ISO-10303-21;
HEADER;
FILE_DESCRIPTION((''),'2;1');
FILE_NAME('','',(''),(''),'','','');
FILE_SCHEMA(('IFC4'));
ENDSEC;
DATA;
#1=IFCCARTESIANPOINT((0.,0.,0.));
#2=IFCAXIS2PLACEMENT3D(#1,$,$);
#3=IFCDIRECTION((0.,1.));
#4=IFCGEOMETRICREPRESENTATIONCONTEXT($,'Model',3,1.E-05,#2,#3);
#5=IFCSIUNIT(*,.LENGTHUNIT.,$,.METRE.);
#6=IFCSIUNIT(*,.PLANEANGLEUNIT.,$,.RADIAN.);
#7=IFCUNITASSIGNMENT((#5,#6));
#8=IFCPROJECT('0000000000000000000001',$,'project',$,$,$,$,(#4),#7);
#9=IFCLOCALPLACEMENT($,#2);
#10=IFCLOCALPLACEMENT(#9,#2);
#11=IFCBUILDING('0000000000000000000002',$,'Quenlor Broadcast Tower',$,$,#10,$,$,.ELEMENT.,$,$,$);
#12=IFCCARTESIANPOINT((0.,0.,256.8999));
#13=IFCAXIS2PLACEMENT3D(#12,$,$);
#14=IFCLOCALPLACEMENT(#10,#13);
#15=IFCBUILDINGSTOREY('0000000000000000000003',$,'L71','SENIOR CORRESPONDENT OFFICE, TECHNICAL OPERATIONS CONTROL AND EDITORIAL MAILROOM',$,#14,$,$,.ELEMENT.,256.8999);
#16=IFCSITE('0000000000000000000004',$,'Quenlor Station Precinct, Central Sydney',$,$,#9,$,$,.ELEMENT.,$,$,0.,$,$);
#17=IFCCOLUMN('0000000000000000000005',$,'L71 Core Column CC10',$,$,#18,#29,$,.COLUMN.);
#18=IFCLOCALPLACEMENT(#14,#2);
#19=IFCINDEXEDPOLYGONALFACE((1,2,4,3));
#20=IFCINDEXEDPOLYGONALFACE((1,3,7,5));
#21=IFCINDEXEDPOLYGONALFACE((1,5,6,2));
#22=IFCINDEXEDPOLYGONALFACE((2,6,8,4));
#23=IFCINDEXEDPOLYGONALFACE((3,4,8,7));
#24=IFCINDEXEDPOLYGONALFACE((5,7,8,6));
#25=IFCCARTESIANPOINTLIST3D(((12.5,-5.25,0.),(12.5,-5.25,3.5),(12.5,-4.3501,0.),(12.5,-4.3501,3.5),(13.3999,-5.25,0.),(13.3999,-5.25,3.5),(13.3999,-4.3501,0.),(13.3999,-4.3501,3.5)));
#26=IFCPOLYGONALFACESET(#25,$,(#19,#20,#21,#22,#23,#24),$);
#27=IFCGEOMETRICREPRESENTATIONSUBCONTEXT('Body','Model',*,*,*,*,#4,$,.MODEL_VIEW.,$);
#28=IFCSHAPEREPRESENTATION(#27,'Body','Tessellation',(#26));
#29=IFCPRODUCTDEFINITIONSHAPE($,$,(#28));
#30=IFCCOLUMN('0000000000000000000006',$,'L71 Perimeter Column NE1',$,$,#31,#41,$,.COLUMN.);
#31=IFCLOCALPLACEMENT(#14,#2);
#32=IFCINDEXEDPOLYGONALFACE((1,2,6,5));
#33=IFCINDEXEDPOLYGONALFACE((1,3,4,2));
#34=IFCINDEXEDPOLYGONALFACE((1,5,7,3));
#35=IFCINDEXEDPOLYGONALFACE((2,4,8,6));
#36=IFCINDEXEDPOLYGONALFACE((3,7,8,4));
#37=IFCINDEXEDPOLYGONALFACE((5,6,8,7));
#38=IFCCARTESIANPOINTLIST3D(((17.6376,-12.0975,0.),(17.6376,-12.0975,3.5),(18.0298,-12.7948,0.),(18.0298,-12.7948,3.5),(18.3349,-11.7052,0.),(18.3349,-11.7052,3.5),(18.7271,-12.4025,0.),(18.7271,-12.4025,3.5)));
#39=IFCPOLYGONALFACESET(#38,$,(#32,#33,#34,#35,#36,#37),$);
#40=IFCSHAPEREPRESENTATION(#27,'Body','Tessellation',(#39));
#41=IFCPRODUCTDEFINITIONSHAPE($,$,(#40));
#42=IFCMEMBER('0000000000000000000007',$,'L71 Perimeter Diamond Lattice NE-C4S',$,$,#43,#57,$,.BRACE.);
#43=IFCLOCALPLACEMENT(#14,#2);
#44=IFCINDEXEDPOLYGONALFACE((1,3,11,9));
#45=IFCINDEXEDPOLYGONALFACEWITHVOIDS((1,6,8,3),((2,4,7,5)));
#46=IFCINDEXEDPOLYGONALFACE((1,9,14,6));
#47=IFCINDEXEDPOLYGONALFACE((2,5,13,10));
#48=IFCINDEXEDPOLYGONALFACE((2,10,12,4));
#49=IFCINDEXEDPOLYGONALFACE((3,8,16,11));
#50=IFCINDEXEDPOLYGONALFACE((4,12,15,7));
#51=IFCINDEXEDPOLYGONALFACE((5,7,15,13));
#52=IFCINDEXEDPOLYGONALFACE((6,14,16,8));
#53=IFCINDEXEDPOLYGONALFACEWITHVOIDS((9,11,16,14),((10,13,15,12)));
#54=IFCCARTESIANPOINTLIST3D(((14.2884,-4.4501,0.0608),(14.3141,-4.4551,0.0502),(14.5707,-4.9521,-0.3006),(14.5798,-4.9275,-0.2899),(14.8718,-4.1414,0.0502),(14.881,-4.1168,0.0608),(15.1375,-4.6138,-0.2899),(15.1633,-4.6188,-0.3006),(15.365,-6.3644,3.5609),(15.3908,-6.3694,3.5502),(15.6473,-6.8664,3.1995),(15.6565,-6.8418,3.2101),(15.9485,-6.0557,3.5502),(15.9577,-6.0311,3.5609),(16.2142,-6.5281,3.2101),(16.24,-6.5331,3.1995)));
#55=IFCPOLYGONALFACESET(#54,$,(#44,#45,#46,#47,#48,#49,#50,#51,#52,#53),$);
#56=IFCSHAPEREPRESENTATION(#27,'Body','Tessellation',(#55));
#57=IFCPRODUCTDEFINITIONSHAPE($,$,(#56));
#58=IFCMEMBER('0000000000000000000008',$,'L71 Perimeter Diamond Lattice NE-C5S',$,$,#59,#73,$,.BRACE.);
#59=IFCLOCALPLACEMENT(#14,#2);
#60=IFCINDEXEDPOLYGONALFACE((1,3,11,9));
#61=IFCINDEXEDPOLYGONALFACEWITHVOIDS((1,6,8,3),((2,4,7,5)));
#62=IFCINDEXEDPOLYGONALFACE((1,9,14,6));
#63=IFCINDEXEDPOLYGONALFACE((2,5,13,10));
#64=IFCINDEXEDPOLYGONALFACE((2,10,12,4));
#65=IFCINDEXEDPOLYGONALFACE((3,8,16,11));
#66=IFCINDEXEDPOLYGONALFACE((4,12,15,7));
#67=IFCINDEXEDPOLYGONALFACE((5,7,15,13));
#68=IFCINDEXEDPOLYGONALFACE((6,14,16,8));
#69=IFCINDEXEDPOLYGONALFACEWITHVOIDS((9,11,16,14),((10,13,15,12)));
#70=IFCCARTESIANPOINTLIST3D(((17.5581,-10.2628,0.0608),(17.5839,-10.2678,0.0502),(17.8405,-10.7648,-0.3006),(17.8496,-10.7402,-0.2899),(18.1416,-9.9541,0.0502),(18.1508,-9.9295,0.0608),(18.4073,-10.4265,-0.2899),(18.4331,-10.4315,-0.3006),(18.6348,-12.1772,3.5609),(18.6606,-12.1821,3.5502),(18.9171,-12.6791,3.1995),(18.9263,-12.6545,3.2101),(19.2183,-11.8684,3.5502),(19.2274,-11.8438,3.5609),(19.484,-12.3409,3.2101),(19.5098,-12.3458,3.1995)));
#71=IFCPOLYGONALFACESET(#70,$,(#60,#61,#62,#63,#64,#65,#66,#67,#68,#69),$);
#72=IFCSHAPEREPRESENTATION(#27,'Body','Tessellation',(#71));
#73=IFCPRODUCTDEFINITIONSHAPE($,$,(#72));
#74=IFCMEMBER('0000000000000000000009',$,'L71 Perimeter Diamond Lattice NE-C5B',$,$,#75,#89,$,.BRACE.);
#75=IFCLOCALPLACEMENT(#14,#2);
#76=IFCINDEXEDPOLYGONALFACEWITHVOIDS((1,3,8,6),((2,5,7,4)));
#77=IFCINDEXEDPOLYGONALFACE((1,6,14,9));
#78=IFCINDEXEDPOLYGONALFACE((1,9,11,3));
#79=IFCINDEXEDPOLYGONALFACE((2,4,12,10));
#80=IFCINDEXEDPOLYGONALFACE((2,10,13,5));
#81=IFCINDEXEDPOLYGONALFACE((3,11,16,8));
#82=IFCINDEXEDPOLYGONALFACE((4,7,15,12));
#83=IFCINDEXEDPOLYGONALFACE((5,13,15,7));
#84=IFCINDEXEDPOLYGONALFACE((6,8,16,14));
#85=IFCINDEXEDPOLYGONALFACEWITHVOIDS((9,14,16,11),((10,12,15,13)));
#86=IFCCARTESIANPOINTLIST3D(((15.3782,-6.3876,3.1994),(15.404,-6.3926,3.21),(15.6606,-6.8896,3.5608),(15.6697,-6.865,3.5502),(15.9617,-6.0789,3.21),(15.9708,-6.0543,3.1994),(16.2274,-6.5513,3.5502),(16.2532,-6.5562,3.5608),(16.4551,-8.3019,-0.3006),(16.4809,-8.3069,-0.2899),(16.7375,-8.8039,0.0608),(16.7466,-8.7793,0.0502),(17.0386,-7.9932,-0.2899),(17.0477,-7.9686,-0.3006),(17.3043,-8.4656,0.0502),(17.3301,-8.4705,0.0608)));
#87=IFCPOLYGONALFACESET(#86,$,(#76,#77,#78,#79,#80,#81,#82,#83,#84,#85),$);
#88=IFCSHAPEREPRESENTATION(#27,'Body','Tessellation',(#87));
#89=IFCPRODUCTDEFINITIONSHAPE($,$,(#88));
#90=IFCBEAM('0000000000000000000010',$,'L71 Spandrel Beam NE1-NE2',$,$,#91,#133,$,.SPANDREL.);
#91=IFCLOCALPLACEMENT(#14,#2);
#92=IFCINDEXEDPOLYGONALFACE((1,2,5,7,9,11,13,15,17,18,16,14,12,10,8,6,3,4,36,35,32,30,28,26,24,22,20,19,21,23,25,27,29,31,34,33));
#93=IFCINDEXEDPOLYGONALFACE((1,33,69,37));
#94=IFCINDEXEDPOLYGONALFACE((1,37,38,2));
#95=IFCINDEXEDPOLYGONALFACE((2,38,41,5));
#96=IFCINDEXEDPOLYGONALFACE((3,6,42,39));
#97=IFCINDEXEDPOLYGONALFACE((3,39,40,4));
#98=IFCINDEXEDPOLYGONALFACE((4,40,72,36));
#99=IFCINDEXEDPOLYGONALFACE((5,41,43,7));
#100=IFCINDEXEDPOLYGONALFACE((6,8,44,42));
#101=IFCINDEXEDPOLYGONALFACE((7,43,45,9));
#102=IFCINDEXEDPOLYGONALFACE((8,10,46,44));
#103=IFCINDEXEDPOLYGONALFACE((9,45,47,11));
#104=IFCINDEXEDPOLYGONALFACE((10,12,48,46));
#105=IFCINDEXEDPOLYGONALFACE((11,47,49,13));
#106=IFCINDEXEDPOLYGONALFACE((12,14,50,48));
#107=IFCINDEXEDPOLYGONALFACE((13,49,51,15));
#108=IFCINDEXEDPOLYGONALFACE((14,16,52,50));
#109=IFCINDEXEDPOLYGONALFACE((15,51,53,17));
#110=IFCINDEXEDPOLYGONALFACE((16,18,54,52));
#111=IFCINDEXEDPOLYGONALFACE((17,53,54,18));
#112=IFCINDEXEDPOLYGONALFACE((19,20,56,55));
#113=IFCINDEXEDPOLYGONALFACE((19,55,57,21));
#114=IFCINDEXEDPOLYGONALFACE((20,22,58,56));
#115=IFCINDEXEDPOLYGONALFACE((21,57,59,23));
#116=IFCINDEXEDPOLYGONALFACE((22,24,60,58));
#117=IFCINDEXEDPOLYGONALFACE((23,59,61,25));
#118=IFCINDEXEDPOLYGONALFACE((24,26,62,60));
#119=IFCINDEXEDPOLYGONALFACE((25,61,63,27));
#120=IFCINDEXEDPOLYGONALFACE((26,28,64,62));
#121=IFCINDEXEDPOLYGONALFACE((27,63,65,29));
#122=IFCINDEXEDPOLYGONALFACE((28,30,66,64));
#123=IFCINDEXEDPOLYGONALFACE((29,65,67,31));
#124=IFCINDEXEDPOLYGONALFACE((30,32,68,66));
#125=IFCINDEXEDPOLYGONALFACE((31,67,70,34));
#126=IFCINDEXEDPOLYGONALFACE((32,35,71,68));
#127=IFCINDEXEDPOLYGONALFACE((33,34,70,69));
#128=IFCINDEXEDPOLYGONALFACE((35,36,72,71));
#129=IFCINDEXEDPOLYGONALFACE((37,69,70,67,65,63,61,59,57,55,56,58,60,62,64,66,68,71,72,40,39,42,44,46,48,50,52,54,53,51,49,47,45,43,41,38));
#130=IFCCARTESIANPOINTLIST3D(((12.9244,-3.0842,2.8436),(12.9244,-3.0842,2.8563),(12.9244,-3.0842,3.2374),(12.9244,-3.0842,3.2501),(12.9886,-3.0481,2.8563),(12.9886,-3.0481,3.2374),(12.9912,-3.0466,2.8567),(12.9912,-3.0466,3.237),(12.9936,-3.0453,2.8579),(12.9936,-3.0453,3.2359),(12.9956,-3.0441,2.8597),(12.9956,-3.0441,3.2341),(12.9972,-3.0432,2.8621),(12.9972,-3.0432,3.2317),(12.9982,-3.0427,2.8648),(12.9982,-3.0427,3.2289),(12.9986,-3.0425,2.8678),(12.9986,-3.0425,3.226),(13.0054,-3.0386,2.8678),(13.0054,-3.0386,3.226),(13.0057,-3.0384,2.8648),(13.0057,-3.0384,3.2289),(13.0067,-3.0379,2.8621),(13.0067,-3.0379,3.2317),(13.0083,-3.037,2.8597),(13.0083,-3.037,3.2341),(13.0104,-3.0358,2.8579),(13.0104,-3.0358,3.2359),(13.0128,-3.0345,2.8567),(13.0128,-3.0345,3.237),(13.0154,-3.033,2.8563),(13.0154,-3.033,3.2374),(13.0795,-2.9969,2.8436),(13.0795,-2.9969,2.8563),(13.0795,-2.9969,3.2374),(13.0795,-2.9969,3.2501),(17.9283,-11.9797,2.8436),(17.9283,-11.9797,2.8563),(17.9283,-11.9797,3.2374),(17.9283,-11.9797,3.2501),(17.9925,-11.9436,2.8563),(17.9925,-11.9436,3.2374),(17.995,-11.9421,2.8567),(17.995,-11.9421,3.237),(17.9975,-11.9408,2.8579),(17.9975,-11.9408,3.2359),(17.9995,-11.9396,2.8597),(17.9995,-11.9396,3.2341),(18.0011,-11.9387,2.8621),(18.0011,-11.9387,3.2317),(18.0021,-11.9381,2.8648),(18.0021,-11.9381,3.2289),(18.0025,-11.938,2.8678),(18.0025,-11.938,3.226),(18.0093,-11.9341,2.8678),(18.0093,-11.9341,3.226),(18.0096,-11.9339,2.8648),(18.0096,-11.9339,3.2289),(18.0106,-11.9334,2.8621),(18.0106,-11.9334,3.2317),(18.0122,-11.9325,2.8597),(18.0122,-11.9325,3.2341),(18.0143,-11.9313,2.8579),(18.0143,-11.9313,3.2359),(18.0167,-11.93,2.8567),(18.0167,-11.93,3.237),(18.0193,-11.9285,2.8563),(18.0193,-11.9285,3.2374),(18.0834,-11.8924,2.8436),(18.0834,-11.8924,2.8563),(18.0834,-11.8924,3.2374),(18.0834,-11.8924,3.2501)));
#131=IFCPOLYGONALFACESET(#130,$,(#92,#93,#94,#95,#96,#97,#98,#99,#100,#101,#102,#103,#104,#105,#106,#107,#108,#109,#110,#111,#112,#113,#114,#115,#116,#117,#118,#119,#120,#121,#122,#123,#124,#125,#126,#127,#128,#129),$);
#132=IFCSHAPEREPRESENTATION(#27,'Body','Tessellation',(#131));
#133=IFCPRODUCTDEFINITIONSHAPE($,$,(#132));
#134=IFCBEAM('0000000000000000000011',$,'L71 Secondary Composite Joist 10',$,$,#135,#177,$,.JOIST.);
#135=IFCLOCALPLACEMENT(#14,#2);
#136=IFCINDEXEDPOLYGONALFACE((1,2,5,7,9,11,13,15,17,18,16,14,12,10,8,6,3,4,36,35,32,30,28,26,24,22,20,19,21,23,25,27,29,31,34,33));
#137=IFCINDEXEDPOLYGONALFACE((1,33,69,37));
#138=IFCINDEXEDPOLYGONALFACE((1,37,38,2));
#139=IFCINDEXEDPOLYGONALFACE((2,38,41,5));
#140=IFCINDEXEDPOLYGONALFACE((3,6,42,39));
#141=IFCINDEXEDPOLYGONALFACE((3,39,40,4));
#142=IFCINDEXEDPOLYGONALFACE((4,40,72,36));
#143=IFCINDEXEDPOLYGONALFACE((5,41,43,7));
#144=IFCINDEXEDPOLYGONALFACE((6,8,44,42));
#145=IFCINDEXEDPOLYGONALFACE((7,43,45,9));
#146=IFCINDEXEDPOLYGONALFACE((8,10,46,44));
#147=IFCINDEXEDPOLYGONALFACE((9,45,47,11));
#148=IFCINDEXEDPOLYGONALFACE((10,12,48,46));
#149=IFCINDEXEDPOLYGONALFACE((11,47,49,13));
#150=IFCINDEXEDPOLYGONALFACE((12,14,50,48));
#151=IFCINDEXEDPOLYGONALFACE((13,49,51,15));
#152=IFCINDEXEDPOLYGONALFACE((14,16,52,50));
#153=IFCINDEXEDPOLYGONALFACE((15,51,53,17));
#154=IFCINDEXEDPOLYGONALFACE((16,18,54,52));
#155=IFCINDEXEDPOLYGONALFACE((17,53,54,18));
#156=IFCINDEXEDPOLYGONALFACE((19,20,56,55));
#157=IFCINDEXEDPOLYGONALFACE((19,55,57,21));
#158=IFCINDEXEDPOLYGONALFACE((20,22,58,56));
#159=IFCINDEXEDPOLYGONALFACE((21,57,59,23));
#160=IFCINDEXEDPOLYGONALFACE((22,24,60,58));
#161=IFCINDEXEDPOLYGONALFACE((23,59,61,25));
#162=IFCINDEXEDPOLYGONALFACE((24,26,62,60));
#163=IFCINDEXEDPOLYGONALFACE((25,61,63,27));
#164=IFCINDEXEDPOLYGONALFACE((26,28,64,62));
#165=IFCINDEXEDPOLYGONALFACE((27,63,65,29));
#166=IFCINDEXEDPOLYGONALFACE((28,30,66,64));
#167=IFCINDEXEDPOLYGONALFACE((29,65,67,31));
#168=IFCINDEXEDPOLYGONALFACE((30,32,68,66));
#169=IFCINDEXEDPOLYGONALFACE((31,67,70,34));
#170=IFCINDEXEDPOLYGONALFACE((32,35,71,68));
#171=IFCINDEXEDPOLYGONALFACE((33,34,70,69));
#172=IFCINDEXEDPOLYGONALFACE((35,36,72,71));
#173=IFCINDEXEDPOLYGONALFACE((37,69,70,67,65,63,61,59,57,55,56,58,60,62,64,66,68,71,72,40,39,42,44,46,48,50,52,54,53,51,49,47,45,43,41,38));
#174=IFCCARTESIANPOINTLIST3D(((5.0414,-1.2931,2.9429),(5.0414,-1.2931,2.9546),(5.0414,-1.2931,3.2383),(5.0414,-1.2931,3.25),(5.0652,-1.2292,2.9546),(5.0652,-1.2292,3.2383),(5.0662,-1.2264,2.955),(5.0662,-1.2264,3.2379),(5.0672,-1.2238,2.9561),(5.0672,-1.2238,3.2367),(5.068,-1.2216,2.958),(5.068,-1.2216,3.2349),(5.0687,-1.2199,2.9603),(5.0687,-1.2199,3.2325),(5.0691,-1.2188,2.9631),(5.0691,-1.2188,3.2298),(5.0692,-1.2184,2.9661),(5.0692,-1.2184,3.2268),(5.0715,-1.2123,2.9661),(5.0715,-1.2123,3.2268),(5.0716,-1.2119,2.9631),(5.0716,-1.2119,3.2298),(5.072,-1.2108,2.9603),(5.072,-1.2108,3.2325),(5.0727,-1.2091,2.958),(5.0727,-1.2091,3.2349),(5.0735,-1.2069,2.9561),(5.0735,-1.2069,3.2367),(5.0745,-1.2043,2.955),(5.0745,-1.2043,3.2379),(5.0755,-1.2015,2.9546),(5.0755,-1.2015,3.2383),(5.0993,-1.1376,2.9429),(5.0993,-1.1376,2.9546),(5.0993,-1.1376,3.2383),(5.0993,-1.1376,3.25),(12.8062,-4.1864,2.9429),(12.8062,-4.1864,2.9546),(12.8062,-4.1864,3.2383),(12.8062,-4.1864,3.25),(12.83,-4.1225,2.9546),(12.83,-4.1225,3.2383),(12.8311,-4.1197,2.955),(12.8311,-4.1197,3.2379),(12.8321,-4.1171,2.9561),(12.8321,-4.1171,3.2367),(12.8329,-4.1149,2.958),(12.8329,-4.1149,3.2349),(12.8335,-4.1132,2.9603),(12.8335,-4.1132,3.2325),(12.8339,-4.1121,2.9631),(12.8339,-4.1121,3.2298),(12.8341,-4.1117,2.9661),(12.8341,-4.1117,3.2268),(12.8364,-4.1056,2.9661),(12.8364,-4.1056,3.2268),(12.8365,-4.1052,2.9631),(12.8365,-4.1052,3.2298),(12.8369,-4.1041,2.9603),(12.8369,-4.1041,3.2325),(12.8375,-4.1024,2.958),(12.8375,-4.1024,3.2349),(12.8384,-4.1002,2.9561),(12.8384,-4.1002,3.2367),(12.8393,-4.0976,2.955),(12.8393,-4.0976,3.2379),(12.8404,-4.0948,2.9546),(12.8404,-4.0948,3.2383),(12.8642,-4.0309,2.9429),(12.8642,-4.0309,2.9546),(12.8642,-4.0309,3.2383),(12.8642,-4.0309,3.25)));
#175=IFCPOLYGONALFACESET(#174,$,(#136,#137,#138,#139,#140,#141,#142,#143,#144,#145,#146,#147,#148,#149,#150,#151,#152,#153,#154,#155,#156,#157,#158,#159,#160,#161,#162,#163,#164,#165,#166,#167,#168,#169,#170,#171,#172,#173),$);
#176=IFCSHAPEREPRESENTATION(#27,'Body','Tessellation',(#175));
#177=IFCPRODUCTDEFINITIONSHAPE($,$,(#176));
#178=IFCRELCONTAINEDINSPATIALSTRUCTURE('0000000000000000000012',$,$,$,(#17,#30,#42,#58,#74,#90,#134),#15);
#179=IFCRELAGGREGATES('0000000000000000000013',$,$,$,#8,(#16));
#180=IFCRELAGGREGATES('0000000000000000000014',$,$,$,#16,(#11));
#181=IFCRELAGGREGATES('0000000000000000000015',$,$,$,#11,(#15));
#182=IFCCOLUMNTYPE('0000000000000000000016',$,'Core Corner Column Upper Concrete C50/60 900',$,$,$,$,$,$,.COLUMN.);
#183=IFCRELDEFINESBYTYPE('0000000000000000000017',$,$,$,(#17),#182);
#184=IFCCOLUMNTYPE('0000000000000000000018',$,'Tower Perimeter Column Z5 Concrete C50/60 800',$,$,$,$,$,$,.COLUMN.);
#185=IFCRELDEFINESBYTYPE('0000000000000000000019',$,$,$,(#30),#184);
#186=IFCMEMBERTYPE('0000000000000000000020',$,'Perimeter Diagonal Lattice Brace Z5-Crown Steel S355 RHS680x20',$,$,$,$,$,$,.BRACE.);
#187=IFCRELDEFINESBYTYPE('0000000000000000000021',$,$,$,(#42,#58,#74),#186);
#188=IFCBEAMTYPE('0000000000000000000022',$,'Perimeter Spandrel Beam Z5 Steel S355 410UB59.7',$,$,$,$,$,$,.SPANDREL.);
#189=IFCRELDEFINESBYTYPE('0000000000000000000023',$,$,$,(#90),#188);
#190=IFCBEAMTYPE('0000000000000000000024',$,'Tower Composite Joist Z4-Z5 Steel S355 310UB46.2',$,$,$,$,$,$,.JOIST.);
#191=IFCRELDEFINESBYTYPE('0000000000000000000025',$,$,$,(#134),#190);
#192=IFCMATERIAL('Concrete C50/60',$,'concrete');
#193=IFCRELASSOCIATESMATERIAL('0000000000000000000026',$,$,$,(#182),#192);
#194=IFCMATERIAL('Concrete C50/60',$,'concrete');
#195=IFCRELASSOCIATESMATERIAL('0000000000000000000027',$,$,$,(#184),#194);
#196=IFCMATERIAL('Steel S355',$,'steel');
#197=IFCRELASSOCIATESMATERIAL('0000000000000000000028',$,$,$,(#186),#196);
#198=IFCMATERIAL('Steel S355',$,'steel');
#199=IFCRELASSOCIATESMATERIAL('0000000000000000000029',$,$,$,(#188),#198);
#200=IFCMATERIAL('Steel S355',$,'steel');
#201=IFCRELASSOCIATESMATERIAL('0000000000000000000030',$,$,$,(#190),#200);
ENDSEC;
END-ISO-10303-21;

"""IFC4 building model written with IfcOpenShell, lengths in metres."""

from ifc_helpers import new_model, si_unit, direction, frame, origin, origin_2d, place, context, subcontext, project, spatial, rectangle, hollow_rectangle, i_section, extrude, material, material_profile, profile_set, type_object, element, save


model = new_model("IFC4")

# Units and contexts
model_context = context("Model", 3, precision=1e-05, world=origin(), true_north=direction((0.0, 1.0)))
body_context = subcontext(model_context, "Body", "Model", "MODEL_VIEW")
ifc_project = project(units=[si_unit("LENGTHUNIT", "METRE"), si_unit("PLANEANGLEUNIT", "RADIAN")], contexts=[model_context])

# Site, building, storey
site_placement = place(None, origin())
site = spatial("IfcSite", under=ifc_project, at=site_placement, Name="Quenlor Station Precinct, Central Sydney", CompositionType="ELEMENT", RefElevation=0.0)
building_placement = place(site_placement, origin())
building = spatial("IfcBuilding", under=site, at=building_placement, Name="Quenlor Broadcast Tower", CompositionType="ELEMENT")
storey_placement = place(building_placement, frame((0.0, 0.0, 256.8999)))
storey = spatial("IfcBuildingStorey", under=building, at=storey_placement, Name="L71", Description="SENIOR CORRESPONDENT OFFICE, TECHNICAL OPERATIONS CONTROL AND EDITORIAL MAILROOM", CompositionType="ELEMENT", Elevation=256.8999)

# Columns
ifc_material_1 = material(Name="Concrete C50/60", Category="concrete")
ifc_material_profile_1 = material_profile(ifc_material_1, rectangle(XDim=0.8999, YDim=0.8999, at=origin_2d()))
ifc_profile_set_1 = profile_set([ifc_material_profile_1], Name="Concrete C50/60 RC900x900")
column_type_1 = type_object("IfcColumnType", Name="Core Corner Column Upper Concrete C50/60 900", PredefinedType="COLUMN", material=ifc_profile_set_1)
column_1_placement = place(storey_placement, frame((12.95, -4.8, 0.0), z_axis=(0.0, 0.0, 1.0), x_axis=(1.0, 0.0, 0.0)))
element("IfcColumn", 1, at=column_1_placement, inside=storey, type_object=column_type_1, Name="L71 Core Column CC10", PredefinedType="COLUMN", context=body_context, shape_type="SweptSolid", body=[
    extrude(rectangle(XDim=0.8999, YDim=0.8999, at=origin_2d()), origin(), (0.0, 0.0, 1.0), 3.5),
])
ifc_material_2 = material(Name="Concrete C50/60", Category="concrete")
ifc_material_profile_2 = material_profile(ifc_material_2, rectangle(XDim=0.8, YDim=0.8, at=origin_2d()))
ifc_profile_set_2 = profile_set([ifc_material_profile_2], Name="Concrete C50/60 RC800x800")
column_type_2 = type_object("IfcColumnType", Name="Tower Perimeter Column Z5 Concrete C50/60 800", PredefinedType="COLUMN", material=ifc_profile_set_2)
column_2_placement = place(storey_placement, frame((18.1824, -12.25, 0.0), z_axis=(0.0, 0.0, 1.0), x_axis=(0.871575, 0.490262, 0.0)))
element("IfcColumn", 2, at=column_2_placement, inside=storey, type_object=column_type_2, Name="L71 Perimeter Column NE1", PredefinedType="COLUMN", context=body_context, shape_type="SweptSolid", body=[
    extrude(rectangle(XDim=0.8, YDim=0.8, at=origin_2d()), origin(), (0.0, 0.0, 1.0), 3.5),
])

# Members
ifc_material_3 = material(Name="Steel S355", Category="steel")
ifc_material_profile_3 = material_profile(ifc_material_3, hollow_rectangle(XDim=0.6799, YDim=0.6799, WallThickness=0.02, at=origin_2d()))
ifc_profile_set_3 = profile_set([ifc_material_profile_3], Name="Steel S355 RHS680x680x20")
member_type = type_object("IfcMemberType", Name="Perimeter Diagonal Lattice Brace Z5-Crown Steel S355 RHS680x20", PredefinedType="BRACE", material=ifc_profile_set_3)
for number, where, z_axis, x_axis, name in (
    (3, (14.7258, -4.5344, -0.1199), (0.260564, -0.463283, 0.847039), (0.871602, 0.490214, 0.0), "L71 Perimeter Diamond Lattice NE-C4S"),
    (4, (17.9956, -10.3472, -0.1199), (0.260564, -0.463283, 0.847039), (0.871602, 0.490214, 0.0), "L71 Perimeter Diamond Lattice NE-C5S"),
    (5, (16.8926, -8.3862, -0.1199), (-0.260619, 0.463276, 0.847026), (-0.871555, -0.490298, 0.0), "L71 Perimeter Diamond Lattice NE-C5B"),
):
    element("IfcMember", number, at=place(storey_placement, frame(where, z_axis=z_axis, x_axis=x_axis)), inside=storey, type_object=member_type, Name=name, PredefinedType="BRACE", context=body_context, shape_type="SweptSolid", body=[
        extrude(hollow_rectangle(XDim=0.6799, YDim=0.6799, WallThickness=0.02, at=origin_2d()), origin(), (0.0, 0.0, 1.0), 4.1321),
    ])

# Beams
ifc_material_4 = material(Name="Steel S355", Category="steel")
ifc_material_profile_4 = material_profile(ifc_material_4, i_section(OverallWidth=0.178, OverallDepth=0.4065, WebThickness=0.0078, FlangeThickness=0.0127, FilletRadius=0.0115, at=origin_2d()))
ifc_profile_set_4 = profile_set([ifc_material_profile_4], Name="Steel S355 410UB59.7")
beam_type_1 = type_object("IfcBeamType", Name="Perimeter Spandrel Beam Z5 Steel S355 410UB59.7", PredefinedType="SPANDREL", material=ifc_profile_set_4)
beam_1_placement = place(storey_placement, frame((18.0059, -11.936, 3.0469), z_axis=(-0.490275, 0.871568, 0.0), x_axis=(-0.871568, -0.490275, 0.0)))
element("IfcBeam", 6, at=beam_1_placement, inside=storey, type_object=beam_type_1, Name="L71 Spandrel Beam NE1-NE2", PredefinedType="SPANDREL", context=body_context, shape_type="SweptSolid", body=[
    extrude(i_section(OverallWidth=0.178, OverallDepth=0.4065, WebThickness=0.0078, FlangeThickness=0.0127, FilletRadius=0.0115, at=origin_2d()), origin(), (0.0, 0.0, 1.0), 10.2063),
])
ifc_material_5 = material(Name="Steel S355", Category="steel")
ifc_material_profile_5 = material_profile(ifc_material_5, i_section(OverallWidth=0.166, OverallDepth=0.3071, WebThickness=0.0066, FlangeThickness=0.0117, FilletRadius=0.0115, at=origin_2d()))
ifc_profile_set_5 = profile_set([ifc_material_profile_5], Name="Steel S355 310UB46.2")
beam_type_2 = type_object("IfcBeamType", Name="Tower Composite Joist Z4-Z5 Steel S355 310UB46.2", PredefinedType="JOIST", material=ifc_profile_set_5)
beam_2_placement = place(storey_placement, frame((12.8352, -4.1086, 3.0964), z_axis=(-0.937062, 0.349163, 0.0), x_axis=(-0.349163, -0.937062, 0.0)))
element("IfcBeam", 7, at=beam_2_placement, inside=storey, type_object=beam_type_2, Name="L71 Secondary Composite Joist 10", PredefinedType="JOIST", context=body_context, shape_type="SweptSolid", body=[
    extrude(i_section(OverallWidth=0.166, OverallDepth=0.3071, WebThickness=0.0066, FlangeThickness=0.0117, FilletRadius=0.0115, at=origin_2d()), origin(), (0.0, 0.0, 1.0), 8.2864),
])

save(model, "model.ifc")
